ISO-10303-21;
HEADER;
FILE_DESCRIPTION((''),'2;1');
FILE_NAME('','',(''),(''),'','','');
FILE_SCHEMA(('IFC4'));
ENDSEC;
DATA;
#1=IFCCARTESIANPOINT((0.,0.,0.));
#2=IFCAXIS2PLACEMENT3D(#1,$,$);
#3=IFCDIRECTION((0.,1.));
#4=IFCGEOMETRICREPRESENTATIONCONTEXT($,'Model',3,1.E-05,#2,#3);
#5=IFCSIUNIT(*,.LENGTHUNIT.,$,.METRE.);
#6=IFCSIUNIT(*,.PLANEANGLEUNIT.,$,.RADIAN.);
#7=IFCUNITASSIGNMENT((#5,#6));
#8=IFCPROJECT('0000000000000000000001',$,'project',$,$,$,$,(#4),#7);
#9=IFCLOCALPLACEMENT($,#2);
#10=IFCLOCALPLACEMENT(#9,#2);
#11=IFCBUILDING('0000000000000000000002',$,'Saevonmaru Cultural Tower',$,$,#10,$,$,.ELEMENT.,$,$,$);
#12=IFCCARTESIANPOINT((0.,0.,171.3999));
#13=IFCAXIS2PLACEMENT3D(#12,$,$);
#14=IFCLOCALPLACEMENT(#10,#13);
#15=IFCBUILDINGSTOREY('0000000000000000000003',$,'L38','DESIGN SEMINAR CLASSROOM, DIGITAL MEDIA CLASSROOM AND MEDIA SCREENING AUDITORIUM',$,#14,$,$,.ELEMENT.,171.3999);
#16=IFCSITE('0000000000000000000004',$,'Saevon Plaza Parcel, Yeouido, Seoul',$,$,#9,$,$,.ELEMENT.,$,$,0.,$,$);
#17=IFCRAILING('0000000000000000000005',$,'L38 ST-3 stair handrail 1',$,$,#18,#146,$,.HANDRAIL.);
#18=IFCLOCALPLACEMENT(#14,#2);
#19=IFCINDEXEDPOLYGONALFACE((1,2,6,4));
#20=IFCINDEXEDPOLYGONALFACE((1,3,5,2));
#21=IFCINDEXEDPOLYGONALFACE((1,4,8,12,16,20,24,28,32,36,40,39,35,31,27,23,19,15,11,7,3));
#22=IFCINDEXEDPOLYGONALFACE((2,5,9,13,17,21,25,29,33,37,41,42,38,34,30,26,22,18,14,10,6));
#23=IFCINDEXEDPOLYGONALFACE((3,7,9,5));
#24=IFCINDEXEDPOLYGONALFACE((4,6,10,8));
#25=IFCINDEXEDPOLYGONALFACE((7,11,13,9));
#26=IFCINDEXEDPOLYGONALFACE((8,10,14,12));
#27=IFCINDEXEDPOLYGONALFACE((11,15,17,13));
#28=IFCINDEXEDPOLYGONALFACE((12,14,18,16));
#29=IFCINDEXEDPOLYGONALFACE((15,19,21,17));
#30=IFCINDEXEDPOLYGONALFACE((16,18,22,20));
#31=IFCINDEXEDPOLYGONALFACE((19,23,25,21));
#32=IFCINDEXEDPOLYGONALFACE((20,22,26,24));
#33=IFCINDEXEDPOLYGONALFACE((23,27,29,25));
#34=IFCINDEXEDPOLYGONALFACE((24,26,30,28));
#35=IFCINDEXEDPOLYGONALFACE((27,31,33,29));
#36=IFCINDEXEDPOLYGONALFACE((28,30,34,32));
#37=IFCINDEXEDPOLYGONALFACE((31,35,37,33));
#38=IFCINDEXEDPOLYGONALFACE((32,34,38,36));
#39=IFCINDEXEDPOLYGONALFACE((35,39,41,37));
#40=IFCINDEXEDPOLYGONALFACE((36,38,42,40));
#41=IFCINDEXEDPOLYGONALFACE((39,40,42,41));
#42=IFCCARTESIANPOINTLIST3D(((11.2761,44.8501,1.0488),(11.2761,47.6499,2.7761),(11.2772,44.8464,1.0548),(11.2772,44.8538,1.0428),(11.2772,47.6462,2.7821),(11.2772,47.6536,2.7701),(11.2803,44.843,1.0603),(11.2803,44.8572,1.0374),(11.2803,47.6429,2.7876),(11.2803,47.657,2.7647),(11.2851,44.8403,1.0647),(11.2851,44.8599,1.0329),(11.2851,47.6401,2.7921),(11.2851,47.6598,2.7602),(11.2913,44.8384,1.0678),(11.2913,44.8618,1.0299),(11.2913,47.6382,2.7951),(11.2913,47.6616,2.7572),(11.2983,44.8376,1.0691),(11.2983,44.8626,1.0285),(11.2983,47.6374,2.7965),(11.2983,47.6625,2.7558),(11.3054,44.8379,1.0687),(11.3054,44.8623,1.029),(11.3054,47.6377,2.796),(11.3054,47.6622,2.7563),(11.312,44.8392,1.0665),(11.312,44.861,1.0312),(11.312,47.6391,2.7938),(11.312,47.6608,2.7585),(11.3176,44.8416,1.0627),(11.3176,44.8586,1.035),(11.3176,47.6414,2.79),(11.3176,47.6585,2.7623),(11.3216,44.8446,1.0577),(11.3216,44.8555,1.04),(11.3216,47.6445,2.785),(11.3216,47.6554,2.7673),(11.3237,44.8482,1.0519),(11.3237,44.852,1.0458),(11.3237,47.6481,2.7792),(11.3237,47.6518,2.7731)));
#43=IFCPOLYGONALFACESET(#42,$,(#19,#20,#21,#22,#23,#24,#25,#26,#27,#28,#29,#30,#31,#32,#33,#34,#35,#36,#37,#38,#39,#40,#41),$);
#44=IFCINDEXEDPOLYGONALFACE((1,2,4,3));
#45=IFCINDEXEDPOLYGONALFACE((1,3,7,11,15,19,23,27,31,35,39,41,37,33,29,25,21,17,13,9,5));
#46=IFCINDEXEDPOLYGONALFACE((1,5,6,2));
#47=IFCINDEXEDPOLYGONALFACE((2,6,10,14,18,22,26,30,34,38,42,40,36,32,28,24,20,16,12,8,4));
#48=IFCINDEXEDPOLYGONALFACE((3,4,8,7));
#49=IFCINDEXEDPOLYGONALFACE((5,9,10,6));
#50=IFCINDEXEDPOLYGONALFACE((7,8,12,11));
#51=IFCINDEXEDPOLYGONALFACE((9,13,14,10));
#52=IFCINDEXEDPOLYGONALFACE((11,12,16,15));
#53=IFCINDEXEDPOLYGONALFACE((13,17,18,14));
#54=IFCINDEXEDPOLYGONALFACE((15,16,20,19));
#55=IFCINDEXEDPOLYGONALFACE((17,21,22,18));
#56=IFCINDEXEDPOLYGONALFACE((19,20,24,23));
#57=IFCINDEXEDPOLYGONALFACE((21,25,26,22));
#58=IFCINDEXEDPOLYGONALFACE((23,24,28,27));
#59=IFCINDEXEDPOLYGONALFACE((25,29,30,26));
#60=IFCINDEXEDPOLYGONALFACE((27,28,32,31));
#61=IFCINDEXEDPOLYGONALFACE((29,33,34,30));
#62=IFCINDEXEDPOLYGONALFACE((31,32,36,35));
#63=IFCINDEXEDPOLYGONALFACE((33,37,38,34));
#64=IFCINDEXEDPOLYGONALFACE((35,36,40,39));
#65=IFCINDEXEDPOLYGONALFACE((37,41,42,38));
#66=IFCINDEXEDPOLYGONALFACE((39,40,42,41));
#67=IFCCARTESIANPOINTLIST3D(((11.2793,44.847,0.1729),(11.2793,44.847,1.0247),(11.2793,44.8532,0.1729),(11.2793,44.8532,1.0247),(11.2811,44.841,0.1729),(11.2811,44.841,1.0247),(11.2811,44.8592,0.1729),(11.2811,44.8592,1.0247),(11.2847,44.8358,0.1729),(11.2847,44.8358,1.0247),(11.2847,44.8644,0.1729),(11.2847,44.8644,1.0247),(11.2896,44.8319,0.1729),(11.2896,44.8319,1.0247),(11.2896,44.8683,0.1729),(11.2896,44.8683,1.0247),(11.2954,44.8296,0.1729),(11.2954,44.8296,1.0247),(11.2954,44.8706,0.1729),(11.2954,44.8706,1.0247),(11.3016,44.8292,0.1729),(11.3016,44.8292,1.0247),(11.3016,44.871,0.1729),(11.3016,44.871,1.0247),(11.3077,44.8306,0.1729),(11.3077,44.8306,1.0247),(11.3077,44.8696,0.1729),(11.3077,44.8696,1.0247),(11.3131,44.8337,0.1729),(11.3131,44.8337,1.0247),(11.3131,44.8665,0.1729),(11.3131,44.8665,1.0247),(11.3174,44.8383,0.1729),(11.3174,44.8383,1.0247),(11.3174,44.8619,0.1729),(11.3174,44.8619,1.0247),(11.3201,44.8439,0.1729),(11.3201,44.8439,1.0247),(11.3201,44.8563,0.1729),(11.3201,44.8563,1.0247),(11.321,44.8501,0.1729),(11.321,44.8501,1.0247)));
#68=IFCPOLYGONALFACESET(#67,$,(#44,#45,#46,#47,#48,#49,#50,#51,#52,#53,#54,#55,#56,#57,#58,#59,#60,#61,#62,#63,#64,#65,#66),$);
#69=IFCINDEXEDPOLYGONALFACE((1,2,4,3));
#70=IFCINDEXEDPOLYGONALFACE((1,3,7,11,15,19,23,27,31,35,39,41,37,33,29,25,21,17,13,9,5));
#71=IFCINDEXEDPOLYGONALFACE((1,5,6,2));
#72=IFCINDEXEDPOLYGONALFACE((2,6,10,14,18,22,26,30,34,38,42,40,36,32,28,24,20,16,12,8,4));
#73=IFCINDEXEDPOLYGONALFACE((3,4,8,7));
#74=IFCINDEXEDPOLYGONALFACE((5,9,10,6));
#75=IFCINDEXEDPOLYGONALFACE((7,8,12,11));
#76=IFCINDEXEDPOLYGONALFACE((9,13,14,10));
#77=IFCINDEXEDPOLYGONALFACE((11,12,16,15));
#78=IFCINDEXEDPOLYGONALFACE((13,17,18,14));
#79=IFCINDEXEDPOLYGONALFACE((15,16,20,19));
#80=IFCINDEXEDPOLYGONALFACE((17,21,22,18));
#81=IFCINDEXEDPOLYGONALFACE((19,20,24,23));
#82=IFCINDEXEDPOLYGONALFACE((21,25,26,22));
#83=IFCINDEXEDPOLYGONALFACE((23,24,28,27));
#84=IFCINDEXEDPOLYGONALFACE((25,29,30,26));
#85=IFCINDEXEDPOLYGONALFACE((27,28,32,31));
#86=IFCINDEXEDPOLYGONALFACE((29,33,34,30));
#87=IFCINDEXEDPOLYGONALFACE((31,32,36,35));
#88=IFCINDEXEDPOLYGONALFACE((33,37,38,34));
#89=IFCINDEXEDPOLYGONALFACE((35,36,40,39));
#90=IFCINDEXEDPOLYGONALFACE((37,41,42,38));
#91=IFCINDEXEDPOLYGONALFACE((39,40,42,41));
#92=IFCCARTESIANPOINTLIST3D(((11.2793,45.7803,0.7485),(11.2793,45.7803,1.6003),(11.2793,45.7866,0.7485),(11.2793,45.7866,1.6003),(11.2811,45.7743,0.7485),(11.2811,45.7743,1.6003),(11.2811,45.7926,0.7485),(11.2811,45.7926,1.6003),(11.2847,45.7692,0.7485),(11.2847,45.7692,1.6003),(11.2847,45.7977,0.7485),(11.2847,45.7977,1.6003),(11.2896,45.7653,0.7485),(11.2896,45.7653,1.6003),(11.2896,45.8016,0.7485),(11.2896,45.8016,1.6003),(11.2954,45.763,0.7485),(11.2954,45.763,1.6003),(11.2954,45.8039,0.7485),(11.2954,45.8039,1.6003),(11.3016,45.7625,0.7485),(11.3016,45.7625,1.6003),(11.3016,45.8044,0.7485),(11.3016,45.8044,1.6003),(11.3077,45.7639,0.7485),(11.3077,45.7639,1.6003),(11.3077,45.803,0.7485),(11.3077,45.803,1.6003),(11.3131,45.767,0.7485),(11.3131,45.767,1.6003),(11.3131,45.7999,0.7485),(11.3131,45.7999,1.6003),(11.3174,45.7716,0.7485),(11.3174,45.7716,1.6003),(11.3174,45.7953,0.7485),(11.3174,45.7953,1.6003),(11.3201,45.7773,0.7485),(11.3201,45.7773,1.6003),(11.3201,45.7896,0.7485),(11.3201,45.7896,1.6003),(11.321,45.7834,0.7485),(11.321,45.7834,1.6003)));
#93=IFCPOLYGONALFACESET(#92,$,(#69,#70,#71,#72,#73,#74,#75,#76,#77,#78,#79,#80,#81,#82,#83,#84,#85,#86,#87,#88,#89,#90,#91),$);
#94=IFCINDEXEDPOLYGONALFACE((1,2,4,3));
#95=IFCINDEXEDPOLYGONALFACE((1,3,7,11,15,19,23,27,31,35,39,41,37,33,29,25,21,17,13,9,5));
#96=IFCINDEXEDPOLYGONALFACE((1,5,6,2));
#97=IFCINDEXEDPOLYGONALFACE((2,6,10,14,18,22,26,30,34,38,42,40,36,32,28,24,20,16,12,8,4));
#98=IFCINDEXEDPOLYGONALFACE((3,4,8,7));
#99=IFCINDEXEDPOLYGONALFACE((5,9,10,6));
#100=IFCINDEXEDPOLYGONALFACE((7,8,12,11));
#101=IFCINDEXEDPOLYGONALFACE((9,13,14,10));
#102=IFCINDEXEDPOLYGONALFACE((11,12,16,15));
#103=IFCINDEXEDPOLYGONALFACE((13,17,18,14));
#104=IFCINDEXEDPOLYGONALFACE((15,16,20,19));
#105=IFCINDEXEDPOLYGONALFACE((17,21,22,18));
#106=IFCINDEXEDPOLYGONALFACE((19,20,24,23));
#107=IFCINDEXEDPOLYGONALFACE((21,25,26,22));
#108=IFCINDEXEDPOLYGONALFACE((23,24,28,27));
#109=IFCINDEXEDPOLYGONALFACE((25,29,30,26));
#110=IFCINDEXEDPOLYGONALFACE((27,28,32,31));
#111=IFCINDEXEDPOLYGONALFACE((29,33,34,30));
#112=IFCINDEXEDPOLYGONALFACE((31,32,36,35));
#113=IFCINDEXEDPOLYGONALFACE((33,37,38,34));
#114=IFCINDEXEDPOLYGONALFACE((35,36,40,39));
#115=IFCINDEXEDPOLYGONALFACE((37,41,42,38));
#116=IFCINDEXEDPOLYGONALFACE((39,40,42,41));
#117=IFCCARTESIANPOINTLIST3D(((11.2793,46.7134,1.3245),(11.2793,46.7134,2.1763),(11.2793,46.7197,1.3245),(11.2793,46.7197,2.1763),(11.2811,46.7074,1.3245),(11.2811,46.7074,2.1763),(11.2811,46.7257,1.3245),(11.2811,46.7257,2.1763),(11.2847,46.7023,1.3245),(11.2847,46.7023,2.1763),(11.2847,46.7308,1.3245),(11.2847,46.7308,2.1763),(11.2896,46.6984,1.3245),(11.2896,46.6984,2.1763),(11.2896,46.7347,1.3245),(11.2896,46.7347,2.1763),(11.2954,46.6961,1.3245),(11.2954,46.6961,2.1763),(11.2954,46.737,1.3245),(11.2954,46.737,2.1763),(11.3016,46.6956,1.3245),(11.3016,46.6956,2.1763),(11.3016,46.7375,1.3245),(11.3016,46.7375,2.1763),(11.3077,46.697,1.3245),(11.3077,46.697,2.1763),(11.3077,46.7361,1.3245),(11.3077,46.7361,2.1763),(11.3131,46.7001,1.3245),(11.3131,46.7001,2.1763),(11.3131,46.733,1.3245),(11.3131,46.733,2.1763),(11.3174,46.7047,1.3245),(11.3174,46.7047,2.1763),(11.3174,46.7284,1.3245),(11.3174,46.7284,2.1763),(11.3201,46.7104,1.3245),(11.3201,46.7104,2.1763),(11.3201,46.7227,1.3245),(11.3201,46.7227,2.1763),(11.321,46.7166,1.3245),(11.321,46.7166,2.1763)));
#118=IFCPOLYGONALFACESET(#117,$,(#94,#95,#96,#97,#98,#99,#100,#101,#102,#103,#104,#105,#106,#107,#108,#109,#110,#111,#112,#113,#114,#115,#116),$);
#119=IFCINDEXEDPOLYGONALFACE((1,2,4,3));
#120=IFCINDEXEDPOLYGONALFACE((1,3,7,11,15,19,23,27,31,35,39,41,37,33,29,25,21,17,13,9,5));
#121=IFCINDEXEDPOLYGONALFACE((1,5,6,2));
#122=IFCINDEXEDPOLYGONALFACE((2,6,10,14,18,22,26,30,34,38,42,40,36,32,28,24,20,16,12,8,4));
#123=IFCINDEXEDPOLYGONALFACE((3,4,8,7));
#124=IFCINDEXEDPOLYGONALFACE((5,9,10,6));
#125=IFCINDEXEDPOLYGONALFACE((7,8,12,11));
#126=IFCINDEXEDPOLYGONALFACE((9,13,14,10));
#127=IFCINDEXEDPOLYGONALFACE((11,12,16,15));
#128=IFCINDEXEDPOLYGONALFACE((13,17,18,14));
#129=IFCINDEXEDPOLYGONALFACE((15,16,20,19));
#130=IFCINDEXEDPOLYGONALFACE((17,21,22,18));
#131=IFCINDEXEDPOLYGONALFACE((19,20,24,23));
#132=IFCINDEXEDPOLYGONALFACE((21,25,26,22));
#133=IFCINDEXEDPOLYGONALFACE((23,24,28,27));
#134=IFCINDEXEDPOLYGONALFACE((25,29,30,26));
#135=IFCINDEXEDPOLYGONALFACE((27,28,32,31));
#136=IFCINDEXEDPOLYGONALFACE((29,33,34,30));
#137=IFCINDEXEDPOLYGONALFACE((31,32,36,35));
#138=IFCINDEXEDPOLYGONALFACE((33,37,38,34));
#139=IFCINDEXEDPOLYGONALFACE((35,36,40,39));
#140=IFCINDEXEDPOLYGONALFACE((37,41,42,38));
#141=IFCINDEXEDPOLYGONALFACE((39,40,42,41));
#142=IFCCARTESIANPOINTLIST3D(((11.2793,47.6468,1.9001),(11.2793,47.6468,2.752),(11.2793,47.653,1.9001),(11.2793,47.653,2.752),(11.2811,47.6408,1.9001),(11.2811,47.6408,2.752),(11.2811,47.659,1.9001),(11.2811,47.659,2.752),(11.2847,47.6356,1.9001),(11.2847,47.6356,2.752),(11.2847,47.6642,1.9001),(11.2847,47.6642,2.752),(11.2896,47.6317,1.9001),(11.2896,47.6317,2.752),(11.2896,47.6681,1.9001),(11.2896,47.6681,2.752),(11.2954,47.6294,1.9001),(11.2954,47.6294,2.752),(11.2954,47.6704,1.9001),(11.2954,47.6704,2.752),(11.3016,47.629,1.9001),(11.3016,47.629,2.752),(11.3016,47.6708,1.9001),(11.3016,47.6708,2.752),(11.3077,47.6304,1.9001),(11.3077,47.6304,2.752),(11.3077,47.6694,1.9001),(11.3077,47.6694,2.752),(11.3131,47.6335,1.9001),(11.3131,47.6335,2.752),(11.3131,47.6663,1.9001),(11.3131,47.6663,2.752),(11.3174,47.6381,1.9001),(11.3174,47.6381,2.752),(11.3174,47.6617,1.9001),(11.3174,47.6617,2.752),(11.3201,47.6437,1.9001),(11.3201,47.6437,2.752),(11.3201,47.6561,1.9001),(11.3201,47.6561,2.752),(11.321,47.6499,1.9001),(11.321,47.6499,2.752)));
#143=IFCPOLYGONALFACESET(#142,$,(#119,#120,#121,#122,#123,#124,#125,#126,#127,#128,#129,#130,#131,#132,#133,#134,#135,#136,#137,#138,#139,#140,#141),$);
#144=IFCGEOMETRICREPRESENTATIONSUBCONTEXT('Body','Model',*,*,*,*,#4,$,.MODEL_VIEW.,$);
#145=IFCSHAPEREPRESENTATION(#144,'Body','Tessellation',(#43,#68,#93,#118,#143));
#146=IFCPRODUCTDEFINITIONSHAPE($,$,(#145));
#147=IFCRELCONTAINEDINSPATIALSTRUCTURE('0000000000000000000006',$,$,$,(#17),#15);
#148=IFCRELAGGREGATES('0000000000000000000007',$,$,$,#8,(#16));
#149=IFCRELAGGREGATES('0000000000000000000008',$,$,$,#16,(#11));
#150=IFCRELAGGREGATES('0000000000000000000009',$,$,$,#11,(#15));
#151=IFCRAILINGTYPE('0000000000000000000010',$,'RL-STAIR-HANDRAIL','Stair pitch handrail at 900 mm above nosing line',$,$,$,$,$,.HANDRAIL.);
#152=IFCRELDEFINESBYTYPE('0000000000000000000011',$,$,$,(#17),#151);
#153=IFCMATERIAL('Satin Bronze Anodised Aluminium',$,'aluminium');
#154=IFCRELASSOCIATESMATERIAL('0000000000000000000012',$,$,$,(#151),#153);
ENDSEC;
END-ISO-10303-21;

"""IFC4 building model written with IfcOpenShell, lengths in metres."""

from ifc_helpers import new_model, si_unit, direction, frame, origin, origin_2d, place, context, subcontext, project, spatial, circle, extrude, material, type_object, element, save


model = new_model("IFC4")

# Units and contexts
model_context = context("Model", 3, precision=1e-05, world=origin(), true_north=direction((0.0, 1.0)))
body_context = subcontext(model_context, "Body", "Model", "MODEL_VIEW")
ifc_project = project(units=[si_unit("LENGTHUNIT", "METRE"), si_unit("PLANEANGLEUNIT", "RADIAN")], contexts=[model_context])

# Site, building, storey
site_placement = place(None, origin())
site = spatial("IfcSite", under=ifc_project, at=site_placement, Name="Saevon Plaza Parcel, Yeouido, Seoul", CompositionType="ELEMENT", RefElevation=0.0)
building_placement = place(site_placement, origin())
building = spatial("IfcBuilding", under=site, at=building_placement, Name="Saevonmaru Cultural Tower", CompositionType="ELEMENT")
storey_placement = place(building_placement, frame((0.0, 0.0, 171.3999)))
storey = spatial("IfcBuildingStorey", under=building, at=storey_placement, Name="L38", Description="DESIGN SEMINAR CLASSROOM, DIGITAL MEDIA CLASSROOM AND MEDIA SCREENING AUDITORIUM", CompositionType="ELEMENT", Elevation=171.3999)

# Shared definitions
ifc_material_1 = material(Name="Satin Bronze Anodised Aluminium", Category="aluminium")

# Railing
railing_type_1 = type_object("IfcRailingType", Name="RL-STAIR-HANDRAIL", Description="Stair pitch handrail at 900 mm above nosing line", PredefinedType="HANDRAIL", material=ifc_material_1)
railing_1_placement = place(storey_placement, frame((11.3, 44.8501, 0.1729)))
element("IfcRailing", 1, at=railing_1_placement, inside=storey, type_object=railing_type_1, Name="L38 ST-3 stair handrail 1", PredefinedType="HANDRAIL", context=body_context, shape_type="SweptSolid", body=[
    extrude(circle(Radius=0.0239, at=origin_2d()), frame((0.0, 0.0, 0.876), z_axis=(0.0, 0.851069, 0.525054), x_axis=(-1.0, 0.0, 0.0)), (0.0, 0.0, 1.0), 3.2898),
    extrude(circle(Radius=0.021, at=origin_2d()), origin(), (0.0, 0.0, 1.0), 0.8518),
    extrude(circle(Radius=0.021, at=origin_2d()), frame((0.0, 0.9333, 0.5757)), (0.0, 0.0, 1.0), 0.8518),
    extrude(circle(Radius=0.021, at=origin_2d()), frame((0.0, 1.8665, 1.1516)), (0.0, 0.0, 1.0), 0.8518),
    extrude(circle(Radius=0.021, at=origin_2d()), frame((0.0, 2.7998, 1.7273)), (0.0, 0.0, 1.0), 0.8518),
])

save(model, "model.ifc")
